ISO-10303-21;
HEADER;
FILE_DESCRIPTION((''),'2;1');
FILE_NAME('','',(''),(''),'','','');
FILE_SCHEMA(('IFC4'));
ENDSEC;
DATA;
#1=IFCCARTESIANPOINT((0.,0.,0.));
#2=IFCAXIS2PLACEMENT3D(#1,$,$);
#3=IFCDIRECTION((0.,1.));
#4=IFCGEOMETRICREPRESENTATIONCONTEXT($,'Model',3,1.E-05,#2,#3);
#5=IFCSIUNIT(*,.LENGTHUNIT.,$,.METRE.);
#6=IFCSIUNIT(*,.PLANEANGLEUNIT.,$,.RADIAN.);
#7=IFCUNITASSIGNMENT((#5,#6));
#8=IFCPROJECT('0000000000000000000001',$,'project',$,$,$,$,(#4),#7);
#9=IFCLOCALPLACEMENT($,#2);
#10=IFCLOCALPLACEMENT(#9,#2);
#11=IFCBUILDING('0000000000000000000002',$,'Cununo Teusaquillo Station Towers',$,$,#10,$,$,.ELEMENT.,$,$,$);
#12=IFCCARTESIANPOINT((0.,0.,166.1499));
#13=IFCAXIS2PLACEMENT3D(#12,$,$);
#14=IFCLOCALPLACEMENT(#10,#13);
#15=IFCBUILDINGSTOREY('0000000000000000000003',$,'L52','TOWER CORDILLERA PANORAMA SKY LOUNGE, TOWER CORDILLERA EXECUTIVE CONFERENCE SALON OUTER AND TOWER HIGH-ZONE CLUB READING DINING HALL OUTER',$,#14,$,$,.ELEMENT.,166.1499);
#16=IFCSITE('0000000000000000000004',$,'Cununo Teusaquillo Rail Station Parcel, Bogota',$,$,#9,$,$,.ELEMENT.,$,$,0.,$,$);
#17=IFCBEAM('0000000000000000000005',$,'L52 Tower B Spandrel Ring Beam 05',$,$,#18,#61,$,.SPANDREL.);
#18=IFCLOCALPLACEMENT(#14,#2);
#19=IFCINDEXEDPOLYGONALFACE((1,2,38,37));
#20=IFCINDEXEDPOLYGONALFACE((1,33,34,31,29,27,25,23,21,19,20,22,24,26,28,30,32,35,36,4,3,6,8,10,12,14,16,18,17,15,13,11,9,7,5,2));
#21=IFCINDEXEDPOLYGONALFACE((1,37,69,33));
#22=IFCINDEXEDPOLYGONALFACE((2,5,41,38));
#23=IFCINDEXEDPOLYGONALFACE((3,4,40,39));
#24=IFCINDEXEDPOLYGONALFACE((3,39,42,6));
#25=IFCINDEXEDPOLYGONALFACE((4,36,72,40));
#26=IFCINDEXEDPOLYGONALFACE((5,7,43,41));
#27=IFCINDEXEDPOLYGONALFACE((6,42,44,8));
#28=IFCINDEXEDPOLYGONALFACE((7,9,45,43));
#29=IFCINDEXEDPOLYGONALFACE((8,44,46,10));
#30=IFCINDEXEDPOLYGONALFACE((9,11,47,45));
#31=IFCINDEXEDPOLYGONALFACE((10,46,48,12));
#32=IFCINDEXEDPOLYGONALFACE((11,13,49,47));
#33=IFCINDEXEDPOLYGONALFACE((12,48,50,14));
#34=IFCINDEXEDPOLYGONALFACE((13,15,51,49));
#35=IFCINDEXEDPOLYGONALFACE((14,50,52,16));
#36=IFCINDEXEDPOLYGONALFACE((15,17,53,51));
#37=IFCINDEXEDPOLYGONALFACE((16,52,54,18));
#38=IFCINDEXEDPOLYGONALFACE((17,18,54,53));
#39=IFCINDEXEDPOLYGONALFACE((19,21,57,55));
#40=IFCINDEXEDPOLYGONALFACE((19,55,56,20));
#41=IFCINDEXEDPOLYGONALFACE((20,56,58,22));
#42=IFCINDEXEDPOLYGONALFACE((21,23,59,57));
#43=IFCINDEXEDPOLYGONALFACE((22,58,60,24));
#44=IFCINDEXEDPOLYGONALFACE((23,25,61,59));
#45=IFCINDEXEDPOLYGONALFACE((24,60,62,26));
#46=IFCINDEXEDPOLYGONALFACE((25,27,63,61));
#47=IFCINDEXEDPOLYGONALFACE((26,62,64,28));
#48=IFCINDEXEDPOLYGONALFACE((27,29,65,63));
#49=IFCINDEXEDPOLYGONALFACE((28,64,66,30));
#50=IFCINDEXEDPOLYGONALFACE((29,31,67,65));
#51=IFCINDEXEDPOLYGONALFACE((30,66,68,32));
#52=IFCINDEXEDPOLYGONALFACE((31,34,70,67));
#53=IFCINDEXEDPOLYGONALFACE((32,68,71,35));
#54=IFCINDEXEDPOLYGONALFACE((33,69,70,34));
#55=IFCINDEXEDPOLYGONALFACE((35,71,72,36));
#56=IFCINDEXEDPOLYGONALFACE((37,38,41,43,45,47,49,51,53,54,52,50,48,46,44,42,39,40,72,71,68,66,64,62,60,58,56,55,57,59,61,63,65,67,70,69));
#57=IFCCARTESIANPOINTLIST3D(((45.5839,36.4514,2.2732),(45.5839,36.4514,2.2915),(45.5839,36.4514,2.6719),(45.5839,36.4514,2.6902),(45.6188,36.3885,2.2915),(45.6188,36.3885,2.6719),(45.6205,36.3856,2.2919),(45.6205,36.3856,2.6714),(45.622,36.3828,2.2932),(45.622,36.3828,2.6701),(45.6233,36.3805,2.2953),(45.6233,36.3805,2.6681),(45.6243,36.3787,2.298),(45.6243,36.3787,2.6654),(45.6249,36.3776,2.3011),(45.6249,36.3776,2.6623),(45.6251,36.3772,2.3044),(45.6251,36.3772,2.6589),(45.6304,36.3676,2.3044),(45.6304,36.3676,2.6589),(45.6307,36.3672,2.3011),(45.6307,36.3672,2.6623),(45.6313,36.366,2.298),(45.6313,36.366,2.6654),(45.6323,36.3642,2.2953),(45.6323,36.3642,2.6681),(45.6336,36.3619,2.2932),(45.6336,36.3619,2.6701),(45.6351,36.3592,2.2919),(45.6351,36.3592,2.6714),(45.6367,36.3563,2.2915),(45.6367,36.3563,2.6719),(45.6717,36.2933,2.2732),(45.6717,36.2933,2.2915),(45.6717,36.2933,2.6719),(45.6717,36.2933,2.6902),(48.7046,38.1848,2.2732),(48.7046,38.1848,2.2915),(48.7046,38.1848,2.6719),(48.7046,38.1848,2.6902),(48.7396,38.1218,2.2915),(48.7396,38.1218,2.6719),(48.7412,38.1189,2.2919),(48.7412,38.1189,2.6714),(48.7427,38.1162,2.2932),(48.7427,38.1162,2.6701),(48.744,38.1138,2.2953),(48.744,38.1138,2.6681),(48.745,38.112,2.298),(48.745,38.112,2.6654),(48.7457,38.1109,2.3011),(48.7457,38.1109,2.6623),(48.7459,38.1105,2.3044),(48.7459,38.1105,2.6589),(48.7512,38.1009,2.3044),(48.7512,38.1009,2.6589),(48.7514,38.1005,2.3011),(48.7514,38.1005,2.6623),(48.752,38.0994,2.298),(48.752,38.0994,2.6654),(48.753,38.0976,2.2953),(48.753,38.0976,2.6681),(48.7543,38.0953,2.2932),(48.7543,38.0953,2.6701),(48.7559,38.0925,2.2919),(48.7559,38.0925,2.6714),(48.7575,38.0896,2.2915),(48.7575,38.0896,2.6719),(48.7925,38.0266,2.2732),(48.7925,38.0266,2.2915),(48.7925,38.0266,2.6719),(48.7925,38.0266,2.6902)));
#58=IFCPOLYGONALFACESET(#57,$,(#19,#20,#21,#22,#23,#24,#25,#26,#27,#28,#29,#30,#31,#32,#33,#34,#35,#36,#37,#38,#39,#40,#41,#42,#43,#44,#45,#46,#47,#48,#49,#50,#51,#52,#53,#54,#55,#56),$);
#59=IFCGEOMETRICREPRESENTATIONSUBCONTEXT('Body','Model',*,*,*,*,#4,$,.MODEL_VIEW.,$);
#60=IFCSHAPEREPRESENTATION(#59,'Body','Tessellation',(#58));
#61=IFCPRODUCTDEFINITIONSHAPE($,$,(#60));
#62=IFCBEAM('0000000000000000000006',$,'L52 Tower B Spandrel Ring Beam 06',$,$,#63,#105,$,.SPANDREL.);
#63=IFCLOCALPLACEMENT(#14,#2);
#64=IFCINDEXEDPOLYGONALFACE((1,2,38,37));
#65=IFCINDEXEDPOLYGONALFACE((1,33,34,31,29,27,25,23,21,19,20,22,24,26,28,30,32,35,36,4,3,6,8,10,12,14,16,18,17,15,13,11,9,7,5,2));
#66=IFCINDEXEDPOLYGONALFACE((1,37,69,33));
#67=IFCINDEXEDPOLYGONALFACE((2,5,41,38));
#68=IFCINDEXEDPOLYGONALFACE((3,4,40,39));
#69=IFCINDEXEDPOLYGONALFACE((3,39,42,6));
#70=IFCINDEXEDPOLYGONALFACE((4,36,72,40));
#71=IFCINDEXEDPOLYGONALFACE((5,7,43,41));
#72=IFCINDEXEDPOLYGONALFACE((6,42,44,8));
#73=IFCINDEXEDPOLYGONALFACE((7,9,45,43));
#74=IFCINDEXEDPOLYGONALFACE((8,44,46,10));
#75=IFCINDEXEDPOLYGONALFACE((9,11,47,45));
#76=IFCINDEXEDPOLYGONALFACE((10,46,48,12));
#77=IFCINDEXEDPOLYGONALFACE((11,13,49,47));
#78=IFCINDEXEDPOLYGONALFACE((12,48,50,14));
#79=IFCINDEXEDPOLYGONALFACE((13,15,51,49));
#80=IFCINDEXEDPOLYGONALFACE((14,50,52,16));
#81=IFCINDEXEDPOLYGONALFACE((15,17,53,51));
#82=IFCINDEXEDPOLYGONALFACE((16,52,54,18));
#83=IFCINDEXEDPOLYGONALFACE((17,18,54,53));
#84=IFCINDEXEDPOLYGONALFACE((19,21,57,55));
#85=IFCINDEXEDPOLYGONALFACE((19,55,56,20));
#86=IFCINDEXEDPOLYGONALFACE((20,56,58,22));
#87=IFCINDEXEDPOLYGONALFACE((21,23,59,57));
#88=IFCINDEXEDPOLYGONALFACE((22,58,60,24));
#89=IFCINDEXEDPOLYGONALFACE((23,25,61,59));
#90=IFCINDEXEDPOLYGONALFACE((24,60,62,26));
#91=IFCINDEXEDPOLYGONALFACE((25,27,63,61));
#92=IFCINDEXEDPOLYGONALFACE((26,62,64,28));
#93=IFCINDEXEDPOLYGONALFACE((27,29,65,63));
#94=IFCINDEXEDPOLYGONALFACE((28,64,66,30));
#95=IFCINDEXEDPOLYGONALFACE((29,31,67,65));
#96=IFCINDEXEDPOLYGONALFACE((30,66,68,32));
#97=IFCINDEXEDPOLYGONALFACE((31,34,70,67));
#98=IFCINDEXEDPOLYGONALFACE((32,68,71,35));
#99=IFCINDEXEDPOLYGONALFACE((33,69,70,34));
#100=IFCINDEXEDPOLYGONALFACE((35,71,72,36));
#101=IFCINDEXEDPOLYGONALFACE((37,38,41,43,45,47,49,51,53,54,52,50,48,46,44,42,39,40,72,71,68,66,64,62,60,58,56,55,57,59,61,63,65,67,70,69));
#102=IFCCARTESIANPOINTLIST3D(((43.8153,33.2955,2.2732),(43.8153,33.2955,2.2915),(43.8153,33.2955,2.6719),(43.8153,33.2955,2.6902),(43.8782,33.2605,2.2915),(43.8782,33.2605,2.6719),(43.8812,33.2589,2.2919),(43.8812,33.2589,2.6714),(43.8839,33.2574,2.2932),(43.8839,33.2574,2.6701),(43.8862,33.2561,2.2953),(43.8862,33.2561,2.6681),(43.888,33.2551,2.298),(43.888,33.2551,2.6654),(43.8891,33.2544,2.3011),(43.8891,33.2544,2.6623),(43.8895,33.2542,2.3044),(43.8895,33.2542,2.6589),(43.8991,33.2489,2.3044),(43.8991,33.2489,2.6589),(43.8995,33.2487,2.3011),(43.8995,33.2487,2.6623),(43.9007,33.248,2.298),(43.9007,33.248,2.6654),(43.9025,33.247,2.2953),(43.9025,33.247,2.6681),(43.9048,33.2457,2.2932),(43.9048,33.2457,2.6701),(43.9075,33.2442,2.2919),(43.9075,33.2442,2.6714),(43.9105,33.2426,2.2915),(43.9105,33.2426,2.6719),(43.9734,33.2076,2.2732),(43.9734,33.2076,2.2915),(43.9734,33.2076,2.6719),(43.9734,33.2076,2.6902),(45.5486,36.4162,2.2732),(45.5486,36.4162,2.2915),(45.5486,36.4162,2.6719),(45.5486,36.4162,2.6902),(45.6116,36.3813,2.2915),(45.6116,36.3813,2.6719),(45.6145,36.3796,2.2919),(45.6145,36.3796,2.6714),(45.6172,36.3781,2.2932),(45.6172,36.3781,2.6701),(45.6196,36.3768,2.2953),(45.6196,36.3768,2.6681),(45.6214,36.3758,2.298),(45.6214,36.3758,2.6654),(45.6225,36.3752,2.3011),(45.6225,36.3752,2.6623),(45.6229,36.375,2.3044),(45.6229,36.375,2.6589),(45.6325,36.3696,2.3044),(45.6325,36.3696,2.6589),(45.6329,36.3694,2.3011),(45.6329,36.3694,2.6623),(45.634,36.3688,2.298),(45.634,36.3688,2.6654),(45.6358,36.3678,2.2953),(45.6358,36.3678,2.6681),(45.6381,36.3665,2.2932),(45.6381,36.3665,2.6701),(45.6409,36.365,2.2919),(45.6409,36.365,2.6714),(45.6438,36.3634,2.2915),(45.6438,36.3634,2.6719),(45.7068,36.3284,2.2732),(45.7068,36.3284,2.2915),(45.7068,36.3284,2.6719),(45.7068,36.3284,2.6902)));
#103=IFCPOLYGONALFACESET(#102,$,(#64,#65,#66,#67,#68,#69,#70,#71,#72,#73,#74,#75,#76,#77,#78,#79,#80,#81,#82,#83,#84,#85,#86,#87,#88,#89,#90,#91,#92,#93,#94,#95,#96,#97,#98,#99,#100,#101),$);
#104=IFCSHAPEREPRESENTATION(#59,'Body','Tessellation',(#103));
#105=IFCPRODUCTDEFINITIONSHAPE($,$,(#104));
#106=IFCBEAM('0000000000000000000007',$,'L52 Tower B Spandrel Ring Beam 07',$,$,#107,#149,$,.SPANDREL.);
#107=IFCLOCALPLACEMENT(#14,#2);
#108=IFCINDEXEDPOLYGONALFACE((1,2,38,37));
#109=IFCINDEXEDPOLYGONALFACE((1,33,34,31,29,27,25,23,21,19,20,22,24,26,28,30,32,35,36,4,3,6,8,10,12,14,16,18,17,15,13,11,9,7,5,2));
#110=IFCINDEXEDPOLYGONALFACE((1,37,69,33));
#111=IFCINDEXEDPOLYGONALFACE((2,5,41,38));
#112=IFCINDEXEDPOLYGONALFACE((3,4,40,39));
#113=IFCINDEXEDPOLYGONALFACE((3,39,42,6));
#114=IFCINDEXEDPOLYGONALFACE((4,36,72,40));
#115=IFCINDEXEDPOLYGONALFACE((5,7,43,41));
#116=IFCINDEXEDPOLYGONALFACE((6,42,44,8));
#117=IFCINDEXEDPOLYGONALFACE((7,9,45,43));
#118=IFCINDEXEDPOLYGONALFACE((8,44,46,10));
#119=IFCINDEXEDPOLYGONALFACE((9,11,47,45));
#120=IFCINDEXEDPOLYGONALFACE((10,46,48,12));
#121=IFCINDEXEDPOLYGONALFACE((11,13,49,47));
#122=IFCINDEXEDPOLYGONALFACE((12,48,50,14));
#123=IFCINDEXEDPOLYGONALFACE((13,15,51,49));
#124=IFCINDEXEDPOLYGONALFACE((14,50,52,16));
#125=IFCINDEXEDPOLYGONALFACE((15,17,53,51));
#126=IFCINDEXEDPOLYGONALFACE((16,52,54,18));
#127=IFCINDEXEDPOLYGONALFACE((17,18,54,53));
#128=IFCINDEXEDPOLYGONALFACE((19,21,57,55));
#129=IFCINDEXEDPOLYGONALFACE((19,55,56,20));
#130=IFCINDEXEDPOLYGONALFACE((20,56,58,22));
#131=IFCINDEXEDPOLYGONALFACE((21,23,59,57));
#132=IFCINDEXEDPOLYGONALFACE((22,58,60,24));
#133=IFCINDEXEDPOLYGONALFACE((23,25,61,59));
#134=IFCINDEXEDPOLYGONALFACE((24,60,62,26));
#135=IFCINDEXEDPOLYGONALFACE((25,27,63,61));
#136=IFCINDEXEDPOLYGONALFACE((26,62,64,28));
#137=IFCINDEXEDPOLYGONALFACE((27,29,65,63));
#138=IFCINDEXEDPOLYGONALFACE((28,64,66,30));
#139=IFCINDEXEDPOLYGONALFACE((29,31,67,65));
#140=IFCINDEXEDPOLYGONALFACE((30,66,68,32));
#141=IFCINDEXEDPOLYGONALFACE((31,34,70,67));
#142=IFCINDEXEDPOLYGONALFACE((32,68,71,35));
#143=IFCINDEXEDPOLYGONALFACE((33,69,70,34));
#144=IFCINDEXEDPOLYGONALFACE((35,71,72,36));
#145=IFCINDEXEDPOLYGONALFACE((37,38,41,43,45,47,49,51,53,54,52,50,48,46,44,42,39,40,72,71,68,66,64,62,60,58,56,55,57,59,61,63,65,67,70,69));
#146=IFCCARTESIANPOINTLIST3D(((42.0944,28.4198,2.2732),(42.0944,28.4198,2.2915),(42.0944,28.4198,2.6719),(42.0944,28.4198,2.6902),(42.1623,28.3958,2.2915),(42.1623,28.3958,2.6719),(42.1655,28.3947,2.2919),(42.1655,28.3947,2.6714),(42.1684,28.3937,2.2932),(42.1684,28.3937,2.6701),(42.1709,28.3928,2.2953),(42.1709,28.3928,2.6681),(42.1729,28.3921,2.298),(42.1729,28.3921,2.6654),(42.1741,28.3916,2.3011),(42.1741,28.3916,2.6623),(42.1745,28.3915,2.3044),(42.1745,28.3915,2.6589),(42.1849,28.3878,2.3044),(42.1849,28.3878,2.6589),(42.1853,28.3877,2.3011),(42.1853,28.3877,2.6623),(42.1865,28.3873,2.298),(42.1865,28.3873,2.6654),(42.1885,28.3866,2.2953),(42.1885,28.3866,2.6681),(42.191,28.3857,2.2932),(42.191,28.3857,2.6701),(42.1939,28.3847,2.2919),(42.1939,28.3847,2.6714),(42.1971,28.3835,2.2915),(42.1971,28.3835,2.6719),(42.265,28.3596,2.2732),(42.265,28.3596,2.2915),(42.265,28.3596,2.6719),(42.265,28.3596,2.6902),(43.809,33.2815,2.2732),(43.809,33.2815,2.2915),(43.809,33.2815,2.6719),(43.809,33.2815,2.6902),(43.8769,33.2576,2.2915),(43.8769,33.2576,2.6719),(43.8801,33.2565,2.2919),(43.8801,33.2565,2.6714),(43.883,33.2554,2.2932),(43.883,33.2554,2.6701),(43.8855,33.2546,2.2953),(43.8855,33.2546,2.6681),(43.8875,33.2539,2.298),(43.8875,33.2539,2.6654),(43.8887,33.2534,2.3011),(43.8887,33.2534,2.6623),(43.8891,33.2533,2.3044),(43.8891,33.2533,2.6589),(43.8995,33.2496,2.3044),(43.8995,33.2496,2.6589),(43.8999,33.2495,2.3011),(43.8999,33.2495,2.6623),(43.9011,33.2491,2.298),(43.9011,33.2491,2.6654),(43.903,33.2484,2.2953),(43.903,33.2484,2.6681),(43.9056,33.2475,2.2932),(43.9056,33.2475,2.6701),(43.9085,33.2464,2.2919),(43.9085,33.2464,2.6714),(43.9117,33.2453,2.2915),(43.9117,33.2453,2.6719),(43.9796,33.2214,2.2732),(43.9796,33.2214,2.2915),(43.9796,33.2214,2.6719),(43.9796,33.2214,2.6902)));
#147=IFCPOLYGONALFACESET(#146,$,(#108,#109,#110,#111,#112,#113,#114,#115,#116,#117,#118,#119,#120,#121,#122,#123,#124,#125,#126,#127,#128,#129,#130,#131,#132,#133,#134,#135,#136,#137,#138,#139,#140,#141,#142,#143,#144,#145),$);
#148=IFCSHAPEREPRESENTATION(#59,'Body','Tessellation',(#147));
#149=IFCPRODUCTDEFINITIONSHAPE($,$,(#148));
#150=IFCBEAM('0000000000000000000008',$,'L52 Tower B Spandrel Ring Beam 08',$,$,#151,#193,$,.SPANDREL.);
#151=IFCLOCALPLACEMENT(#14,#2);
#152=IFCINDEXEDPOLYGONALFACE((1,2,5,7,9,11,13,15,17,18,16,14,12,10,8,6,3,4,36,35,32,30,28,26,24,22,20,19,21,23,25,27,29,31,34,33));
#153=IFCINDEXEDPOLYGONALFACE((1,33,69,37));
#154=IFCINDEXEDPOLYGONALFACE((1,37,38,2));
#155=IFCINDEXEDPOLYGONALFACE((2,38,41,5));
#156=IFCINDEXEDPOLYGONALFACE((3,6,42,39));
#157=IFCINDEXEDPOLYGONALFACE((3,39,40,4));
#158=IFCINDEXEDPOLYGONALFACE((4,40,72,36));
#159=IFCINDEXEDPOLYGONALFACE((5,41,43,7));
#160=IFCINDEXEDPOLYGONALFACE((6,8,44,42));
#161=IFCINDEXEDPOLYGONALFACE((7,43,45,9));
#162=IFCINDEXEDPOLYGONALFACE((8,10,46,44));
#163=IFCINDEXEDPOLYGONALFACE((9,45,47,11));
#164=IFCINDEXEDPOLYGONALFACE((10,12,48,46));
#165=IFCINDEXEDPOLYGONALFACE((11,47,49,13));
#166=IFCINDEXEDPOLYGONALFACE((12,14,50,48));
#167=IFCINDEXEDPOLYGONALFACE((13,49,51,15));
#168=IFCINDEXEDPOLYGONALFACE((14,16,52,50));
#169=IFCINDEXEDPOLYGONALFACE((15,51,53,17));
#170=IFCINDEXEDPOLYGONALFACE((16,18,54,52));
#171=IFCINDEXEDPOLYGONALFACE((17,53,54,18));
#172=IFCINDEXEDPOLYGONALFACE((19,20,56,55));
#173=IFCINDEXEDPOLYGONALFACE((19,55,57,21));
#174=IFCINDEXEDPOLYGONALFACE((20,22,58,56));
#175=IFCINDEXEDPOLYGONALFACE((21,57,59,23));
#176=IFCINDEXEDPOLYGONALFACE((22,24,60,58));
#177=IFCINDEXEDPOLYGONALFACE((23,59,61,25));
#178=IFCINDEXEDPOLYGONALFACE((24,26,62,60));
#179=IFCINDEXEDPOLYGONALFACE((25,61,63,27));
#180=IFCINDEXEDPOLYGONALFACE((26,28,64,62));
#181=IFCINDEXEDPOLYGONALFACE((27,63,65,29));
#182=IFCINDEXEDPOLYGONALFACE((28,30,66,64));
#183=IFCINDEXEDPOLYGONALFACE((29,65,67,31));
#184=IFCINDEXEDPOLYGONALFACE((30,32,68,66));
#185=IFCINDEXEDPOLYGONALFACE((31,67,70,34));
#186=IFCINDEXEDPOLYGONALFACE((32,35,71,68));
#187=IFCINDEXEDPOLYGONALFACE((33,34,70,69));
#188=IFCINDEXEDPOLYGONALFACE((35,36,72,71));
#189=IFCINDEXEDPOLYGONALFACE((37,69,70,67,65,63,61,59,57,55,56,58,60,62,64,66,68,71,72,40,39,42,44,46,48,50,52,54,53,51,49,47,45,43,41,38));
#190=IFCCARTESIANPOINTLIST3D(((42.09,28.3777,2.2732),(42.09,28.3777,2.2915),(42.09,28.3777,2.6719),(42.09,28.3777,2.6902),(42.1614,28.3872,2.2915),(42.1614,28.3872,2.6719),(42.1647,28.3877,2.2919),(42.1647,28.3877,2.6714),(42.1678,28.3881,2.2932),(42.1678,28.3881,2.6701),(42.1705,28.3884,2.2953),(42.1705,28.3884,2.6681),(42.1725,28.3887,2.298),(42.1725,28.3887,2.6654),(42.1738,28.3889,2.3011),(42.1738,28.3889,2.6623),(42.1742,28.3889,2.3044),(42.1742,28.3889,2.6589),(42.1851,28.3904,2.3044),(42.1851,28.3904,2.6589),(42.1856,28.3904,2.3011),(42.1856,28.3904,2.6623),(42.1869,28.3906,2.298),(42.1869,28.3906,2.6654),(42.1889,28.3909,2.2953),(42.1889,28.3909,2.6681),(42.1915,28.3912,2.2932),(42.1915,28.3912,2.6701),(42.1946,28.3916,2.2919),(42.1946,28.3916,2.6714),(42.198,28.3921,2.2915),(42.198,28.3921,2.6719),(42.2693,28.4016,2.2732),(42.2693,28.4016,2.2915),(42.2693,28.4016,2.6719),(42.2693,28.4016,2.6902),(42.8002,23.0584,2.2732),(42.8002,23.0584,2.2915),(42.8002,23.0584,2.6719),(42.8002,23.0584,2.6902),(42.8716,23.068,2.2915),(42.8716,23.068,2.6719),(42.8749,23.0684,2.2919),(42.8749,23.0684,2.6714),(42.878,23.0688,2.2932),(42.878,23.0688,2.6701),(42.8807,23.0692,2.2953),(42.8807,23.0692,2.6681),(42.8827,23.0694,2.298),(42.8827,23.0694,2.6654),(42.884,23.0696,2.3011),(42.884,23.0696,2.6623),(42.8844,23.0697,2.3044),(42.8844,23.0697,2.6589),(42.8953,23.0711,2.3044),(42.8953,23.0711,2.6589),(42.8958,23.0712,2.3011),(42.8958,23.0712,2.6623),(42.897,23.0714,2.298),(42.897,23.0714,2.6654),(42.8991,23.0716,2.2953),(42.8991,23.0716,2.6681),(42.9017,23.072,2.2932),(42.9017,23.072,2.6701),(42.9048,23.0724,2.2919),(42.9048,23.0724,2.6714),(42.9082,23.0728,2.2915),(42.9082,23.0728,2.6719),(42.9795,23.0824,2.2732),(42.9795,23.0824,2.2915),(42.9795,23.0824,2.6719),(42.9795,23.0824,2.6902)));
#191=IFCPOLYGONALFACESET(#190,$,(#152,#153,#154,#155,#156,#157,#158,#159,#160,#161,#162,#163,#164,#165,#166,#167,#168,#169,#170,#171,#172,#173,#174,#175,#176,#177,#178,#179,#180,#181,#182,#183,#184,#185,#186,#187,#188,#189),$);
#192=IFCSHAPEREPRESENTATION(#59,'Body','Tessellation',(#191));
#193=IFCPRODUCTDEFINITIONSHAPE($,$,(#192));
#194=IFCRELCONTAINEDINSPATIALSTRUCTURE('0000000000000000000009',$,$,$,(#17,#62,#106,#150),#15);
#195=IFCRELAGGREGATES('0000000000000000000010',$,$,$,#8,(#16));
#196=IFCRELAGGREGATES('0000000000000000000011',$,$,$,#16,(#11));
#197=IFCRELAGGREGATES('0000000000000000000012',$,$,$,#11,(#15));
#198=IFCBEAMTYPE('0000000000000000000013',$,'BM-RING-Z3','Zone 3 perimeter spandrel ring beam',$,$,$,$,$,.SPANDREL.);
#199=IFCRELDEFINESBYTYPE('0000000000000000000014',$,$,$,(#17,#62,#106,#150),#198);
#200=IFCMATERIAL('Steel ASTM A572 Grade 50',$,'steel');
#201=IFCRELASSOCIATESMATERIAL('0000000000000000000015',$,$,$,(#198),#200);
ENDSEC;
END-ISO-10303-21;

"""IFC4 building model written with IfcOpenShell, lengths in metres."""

from ifc_helpers import new_model, si_unit, direction, frame, origin, origin_2d, place, context, subcontext, project, spatial, i_section, extrude, material, material_profile, profile_set, type_object, element, save


model = new_model("IFC4")

# Units and contexts
model_context = context("Model", 3, precision=1e-05, world=origin(), true_north=direction((0.0, 1.0)))
body_context = subcontext(model_context, "Body", "Model", "MODEL_VIEW")
ifc_project = project(units=[si_unit("LENGTHUNIT", "METRE"), si_unit("PLANEANGLEUNIT", "RADIAN")], contexts=[model_context])

# Site, building, storey
site_placement = place(None, origin())
site = spatial("IfcSite", under=ifc_project, at=site_placement, Name="Cununo Teusaquillo Rail Station Parcel, Bogota", CompositionType="ELEMENT", RefElevation=0.0)
building_placement = place(site_placement, origin())
building = spatial("IfcBuilding", under=site, at=building_placement, Name="Cununo Teusaquillo Station Towers", CompositionType="ELEMENT")
storey_placement = place(building_placement, frame((0.0, 0.0, 166.1499)))
storey = spatial("IfcBuildingStorey", under=building, at=storey_placement, Name="L52", Description="TOWER CORDILLERA PANORAMA SKY LOUNGE, TOWER CORDILLERA EXECUTIVE CONFERENCE SALON OUTER AND TOWER HIGH-ZONE CLUB READING DINING HALL OUTER", CompositionType="ELEMENT", Elevation=166.1499)

# Beams
ifc_material_1 = material(Name="Steel ASTM A572 Grade 50", Category="steel")
ifc_material_profile_1 = material_profile(ifc_material_1, i_section(OverallWidth=0.1809, OverallDepth=0.417, WebThickness=0.011, FlangeThickness=0.0183, FilletRadius=0.0129, at=origin_2d()), Name="W16X57")
ifc_profile_set_1 = profile_set([ifc_material_profile_1], Name="Steel ASTM A572 Grade 50")
beam_type_1 = type_object("IfcBeamType", Name="BM-RING-Z3", Description="Zone 3 perimeter spandrel ring beam", PredefinedType="SPANDREL", material=ifc_profile_set_1)
for number, where, z_axis, x_axis, name in (
    (1, (48.7485, 38.1057, 2.4817), (-0.874206, -0.485556, 0.0), (0.485556, -0.874206, 0.0), "L52 Tower B Spandrel Ring Beam 05"),
    (2, (45.6277, 36.3723, 2.4817), (-0.485556, -0.874206, 0.0), (0.874206, -0.485556, 0.0), "L52 Tower B Spandrel Ring Beam 06"),
):
    element("IfcBeam", number, at=place(storey_placement, frame(where, z_axis=z_axis, x_axis=x_axis)), inside=storey, type_object=beam_type_1, Name=name, PredefinedType="SPANDREL", context=body_context, shape_type="SweptSolid", body=[
        extrude(i_section(OverallWidth=0.1809, OverallDepth=0.417, WebThickness=0.011, FlangeThickness=0.0183, FilletRadius=0.0129, at=origin_2d()), origin(), (0.0, 0.0, 1.0), 3.5698),
    ])
beam_1_placement = place(storey_placement, frame((43.8943, 33.2515, 2.4817), z_axis=(-0.33259, -0.943072, 0.0), x_axis=(0.943072, -0.33259, 0.0)))
element("IfcBeam", 3, at=beam_1_placement, inside=storey, type_object=beam_type_1, Name="L52 Tower B Spandrel Ring Beam 07", PredefinedType="SPANDREL", context=body_context, shape_type="SweptSolid", body=[
    extrude(i_section(OverallWidth=0.1809, OverallDepth=0.417, WebThickness=0.011, FlangeThickness=0.0183, FilletRadius=0.0129, at=origin_2d()), origin(), (0.0, 0.0, 1.0), 5.1553),
])
beam_2_placement = place(storey_placement, frame((42.1797, 28.3896, 2.4817), z_axis=(0.13234, -0.991204, 0.0), x_axis=(0.991204, 0.13234, 0.0)))
element("IfcBeam", 4, at=beam_2_placement, inside=storey, type_object=beam_type_1, Name="L52 Tower B Spandrel Ring Beam 08", PredefinedType="SPANDREL", context=body_context, shape_type="SweptSolid", body=[
    extrude(i_section(OverallWidth=0.1809, OverallDepth=0.417, WebThickness=0.011, FlangeThickness=0.0183, FilletRadius=0.0129, at=origin_2d()), origin(), (0.0, 0.0, 1.0), 5.3665),
])

save(model, "model.ifc")
